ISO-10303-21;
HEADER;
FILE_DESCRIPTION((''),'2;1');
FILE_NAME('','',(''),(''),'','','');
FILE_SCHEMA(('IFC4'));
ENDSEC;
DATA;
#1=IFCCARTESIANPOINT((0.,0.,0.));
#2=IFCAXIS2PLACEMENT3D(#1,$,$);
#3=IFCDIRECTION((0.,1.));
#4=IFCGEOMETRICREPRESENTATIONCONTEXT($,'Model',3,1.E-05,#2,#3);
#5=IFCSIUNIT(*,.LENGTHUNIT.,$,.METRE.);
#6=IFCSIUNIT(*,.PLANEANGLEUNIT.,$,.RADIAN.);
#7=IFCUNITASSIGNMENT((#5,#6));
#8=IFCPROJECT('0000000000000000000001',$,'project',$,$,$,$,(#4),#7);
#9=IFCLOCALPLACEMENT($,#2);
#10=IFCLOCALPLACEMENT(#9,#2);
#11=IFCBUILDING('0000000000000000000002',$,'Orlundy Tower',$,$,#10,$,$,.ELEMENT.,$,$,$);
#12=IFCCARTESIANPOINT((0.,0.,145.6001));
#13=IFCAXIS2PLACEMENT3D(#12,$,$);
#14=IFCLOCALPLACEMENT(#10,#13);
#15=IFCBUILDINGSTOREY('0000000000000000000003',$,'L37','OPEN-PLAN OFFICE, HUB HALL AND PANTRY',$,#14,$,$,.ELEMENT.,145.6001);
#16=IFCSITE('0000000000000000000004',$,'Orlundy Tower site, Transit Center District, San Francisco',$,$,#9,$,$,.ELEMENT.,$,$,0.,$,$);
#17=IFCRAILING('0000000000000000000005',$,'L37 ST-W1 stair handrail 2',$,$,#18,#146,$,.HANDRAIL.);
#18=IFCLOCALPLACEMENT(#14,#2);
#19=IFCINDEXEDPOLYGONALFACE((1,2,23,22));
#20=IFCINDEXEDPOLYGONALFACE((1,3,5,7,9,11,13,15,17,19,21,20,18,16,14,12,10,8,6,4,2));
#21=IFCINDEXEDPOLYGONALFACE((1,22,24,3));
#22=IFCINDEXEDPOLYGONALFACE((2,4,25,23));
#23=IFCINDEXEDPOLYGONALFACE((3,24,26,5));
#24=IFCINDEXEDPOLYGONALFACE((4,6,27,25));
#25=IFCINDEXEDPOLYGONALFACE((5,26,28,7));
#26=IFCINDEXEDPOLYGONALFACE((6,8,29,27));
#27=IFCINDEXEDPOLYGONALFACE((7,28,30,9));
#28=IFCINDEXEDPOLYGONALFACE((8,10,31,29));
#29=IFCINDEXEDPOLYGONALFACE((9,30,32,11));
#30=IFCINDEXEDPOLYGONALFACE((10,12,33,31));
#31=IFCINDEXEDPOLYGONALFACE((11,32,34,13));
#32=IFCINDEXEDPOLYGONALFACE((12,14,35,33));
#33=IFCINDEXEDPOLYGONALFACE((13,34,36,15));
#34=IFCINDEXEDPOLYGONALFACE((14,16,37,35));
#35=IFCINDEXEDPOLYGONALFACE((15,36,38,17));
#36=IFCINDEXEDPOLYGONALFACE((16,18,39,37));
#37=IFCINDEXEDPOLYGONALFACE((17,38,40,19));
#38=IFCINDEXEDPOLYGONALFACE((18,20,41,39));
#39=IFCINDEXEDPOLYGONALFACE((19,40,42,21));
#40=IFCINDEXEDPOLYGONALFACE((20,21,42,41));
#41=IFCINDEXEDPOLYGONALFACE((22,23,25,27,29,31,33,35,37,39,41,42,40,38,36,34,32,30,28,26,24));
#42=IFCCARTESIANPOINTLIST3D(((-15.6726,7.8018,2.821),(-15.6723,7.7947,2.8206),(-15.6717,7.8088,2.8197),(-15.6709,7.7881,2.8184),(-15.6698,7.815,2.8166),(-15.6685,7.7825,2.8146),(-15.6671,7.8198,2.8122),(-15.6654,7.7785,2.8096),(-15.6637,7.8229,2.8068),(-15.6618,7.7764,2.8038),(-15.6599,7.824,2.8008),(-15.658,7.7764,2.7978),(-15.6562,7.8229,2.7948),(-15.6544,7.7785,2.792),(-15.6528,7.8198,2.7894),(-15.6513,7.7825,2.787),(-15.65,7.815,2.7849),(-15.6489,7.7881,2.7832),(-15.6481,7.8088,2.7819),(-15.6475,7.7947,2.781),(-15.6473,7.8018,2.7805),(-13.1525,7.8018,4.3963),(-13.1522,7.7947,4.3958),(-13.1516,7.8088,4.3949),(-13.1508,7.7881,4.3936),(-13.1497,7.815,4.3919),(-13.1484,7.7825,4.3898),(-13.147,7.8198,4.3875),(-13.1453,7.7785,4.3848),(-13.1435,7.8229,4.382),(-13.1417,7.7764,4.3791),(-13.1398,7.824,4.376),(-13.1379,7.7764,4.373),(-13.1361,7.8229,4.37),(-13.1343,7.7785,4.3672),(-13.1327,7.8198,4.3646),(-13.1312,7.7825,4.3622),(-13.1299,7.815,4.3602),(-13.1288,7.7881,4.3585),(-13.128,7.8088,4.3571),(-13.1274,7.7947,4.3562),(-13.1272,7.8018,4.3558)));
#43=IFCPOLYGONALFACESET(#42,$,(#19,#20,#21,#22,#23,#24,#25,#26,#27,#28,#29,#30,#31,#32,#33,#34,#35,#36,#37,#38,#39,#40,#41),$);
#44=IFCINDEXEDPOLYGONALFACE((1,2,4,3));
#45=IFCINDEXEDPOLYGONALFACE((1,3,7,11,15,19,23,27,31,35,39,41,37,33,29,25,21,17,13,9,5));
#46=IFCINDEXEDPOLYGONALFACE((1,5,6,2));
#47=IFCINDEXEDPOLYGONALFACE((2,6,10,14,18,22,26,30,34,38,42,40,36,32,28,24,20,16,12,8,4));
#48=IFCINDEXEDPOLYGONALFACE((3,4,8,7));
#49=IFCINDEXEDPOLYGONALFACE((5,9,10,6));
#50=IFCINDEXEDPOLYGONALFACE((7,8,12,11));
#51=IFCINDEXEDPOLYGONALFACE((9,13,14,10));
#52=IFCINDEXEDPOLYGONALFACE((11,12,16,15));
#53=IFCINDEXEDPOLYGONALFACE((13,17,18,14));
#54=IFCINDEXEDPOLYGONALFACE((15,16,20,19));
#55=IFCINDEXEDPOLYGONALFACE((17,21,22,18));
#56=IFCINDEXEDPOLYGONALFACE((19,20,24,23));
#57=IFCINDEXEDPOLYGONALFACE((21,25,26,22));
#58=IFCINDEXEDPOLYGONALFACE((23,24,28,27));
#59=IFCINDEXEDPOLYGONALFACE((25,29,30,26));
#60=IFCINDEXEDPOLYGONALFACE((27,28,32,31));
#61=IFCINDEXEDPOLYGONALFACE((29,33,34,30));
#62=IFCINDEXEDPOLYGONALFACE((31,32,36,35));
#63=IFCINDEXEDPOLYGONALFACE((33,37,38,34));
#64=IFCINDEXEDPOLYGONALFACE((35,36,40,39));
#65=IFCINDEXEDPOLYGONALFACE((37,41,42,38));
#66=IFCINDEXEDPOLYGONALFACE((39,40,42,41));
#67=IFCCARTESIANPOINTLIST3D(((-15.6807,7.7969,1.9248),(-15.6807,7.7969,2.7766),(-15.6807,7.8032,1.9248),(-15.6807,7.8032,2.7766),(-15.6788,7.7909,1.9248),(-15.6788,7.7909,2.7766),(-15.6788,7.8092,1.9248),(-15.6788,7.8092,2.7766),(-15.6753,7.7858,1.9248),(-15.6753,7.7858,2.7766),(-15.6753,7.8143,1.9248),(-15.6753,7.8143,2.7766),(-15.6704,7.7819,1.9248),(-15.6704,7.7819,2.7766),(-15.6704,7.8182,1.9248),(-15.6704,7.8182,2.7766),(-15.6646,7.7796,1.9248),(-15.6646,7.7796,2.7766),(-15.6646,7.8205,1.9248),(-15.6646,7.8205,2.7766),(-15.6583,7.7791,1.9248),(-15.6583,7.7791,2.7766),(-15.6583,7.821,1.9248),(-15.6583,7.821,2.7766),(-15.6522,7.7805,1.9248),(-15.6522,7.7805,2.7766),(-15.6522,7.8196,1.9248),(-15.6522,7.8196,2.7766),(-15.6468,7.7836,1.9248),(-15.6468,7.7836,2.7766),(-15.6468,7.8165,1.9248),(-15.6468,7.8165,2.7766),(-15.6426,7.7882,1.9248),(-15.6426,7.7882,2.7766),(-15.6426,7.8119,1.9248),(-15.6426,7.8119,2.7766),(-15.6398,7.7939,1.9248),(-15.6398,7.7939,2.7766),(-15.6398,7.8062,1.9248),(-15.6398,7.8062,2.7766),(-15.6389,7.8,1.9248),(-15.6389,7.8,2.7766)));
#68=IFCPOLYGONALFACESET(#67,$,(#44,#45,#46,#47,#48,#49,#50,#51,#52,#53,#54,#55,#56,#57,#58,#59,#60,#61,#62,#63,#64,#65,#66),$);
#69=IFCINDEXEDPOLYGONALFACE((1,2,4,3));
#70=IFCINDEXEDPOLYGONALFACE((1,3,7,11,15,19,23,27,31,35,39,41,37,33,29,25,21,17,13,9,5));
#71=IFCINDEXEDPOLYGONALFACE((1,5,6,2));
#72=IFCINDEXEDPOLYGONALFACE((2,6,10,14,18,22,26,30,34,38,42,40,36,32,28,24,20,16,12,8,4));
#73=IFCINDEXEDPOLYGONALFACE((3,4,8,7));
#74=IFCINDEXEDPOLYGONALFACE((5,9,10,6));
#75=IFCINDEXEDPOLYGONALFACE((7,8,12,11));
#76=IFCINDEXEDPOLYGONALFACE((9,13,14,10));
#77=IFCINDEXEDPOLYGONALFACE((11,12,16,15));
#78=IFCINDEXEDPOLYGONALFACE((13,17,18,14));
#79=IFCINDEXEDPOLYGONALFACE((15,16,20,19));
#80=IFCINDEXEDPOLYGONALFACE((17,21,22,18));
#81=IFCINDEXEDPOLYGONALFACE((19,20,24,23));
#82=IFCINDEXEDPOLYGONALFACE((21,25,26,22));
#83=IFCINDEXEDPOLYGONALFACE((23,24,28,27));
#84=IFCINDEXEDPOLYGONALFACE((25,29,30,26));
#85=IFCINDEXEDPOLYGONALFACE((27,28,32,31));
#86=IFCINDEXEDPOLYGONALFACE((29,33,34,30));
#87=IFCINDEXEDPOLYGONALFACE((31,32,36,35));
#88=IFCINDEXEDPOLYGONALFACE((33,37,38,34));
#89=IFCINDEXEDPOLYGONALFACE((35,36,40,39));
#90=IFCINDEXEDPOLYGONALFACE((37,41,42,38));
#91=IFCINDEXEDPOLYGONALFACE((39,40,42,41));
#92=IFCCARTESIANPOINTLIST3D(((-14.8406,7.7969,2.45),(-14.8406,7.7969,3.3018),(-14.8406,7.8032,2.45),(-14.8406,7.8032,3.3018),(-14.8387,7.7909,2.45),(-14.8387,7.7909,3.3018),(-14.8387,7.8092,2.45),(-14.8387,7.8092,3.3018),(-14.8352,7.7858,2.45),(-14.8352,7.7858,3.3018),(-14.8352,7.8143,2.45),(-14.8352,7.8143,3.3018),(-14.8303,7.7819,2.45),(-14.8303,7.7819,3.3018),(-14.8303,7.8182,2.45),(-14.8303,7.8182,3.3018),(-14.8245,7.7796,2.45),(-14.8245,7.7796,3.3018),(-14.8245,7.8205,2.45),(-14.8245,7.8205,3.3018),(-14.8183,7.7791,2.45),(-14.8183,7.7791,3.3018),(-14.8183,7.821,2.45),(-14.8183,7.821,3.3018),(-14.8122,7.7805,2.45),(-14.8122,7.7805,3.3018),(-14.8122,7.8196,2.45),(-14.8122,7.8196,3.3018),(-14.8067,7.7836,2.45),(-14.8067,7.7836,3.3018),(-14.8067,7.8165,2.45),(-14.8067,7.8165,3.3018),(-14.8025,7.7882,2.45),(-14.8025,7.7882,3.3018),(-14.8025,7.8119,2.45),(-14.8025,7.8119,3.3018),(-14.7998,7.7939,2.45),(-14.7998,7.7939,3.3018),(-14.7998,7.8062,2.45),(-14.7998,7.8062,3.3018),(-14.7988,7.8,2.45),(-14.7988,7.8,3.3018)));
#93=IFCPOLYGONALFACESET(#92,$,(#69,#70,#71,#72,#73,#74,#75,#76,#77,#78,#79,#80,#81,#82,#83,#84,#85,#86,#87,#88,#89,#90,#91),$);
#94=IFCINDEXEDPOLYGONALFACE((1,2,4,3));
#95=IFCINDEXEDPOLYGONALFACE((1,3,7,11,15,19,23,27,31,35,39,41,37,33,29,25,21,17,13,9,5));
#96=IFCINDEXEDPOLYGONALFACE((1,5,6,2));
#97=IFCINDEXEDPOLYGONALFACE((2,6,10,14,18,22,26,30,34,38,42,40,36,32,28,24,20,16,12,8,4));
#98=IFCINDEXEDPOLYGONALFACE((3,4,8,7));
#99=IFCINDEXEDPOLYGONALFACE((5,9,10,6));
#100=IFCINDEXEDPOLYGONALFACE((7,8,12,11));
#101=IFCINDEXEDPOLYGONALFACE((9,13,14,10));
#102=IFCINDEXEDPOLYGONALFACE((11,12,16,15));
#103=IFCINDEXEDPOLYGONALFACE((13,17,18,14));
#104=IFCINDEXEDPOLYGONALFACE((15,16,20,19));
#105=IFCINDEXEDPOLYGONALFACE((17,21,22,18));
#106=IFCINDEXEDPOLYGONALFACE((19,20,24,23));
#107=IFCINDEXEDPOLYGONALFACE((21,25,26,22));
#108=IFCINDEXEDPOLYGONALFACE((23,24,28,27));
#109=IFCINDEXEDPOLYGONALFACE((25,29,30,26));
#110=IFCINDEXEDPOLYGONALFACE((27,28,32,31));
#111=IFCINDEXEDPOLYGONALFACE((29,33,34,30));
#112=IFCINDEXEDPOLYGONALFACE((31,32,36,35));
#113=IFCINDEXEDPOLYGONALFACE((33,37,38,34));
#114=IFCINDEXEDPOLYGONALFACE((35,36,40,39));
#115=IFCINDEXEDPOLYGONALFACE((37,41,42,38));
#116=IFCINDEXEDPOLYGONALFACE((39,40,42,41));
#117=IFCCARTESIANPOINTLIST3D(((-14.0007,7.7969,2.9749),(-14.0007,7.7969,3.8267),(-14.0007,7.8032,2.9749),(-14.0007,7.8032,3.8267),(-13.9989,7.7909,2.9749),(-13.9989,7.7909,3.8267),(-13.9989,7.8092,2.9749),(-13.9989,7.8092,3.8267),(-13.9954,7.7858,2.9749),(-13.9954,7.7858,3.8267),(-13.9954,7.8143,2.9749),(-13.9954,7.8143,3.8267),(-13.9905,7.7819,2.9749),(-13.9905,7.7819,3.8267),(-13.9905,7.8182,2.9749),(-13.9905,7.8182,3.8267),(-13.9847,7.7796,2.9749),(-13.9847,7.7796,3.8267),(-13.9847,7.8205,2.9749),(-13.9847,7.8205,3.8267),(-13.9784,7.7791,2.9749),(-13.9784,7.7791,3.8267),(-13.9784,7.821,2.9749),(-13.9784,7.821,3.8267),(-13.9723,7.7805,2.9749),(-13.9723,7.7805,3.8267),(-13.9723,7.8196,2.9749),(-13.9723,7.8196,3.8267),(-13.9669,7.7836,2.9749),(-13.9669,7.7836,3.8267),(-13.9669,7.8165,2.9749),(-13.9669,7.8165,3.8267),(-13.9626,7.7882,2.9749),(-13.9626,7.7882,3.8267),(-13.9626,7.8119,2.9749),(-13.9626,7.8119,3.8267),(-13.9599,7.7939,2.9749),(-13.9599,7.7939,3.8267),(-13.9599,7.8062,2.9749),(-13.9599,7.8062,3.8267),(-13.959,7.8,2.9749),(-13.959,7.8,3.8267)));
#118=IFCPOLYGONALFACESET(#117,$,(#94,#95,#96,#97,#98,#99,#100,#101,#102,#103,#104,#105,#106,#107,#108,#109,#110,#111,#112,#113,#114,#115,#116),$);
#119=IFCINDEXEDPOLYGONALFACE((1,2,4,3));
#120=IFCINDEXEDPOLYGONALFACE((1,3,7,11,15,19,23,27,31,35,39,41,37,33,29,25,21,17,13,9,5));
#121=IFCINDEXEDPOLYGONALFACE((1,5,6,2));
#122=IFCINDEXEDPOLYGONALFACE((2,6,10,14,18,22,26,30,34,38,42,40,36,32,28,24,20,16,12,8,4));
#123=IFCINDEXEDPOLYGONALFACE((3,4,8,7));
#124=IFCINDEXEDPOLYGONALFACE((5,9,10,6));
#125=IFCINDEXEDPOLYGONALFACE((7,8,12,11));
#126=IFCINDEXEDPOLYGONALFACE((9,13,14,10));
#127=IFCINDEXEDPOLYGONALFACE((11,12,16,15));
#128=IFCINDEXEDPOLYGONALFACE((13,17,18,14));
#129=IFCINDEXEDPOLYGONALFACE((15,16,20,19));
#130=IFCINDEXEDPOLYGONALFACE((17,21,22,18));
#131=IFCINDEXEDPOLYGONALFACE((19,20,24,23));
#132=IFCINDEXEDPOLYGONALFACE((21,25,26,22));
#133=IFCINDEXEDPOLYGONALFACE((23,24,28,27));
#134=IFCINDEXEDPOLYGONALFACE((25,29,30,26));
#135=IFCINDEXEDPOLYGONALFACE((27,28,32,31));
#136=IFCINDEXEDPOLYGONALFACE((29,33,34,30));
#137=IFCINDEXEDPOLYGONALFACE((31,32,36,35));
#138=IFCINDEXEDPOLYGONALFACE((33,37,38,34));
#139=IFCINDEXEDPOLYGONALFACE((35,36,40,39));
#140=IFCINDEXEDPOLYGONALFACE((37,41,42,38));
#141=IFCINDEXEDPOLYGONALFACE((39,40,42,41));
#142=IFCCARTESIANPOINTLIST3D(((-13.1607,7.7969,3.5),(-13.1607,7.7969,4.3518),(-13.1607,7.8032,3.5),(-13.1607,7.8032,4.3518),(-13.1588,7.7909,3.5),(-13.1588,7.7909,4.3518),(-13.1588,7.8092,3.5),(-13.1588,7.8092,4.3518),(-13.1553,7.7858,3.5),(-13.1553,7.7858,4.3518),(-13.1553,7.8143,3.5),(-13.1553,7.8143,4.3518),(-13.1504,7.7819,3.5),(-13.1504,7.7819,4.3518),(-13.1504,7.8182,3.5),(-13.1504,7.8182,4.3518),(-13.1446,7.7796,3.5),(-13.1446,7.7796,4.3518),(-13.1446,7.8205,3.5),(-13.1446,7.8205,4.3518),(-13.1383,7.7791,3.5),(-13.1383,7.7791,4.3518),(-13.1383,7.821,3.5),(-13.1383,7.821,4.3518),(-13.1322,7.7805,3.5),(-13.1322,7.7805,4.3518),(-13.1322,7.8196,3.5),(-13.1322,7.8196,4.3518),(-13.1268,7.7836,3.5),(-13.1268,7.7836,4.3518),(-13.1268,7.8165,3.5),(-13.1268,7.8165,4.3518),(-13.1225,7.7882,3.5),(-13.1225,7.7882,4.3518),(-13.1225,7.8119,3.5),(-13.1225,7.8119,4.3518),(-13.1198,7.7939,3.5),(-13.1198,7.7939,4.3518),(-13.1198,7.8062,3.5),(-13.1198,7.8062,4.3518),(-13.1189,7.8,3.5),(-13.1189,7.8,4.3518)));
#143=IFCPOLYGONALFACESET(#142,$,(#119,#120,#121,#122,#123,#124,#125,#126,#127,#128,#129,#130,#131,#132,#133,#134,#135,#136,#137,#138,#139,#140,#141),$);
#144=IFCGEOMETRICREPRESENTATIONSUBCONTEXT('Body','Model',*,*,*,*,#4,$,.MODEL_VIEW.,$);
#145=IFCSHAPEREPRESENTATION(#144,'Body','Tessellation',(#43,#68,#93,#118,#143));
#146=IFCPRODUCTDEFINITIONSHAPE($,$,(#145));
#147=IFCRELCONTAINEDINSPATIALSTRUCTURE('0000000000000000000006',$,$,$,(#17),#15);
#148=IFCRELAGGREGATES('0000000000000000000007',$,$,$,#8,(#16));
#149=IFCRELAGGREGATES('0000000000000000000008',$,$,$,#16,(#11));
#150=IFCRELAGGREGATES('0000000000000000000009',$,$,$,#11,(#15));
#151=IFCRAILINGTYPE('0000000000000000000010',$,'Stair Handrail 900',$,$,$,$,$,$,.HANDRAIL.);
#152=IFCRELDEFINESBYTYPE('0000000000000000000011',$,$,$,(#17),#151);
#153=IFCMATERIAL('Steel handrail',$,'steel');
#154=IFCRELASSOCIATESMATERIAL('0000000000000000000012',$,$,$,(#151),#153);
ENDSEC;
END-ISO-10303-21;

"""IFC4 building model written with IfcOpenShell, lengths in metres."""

from ifc_helpers import new_model, si_unit, direction, frame, origin, origin_2d, place, context, subcontext, project, spatial, circle, extrude, material, type_object, element, save


model = new_model("IFC4")

# Units and contexts
model_context = context("Model", 3, precision=1e-05, world=origin(), true_north=direction((0.0, 1.0)))
body_context = subcontext(model_context, "Body", "Model", "MODEL_VIEW")
ifc_project = project(units=[si_unit("LENGTHUNIT", "METRE"), si_unit("PLANEANGLEUNIT", "RADIAN")], contexts=[model_context])

# Site, building, storey
site_placement = place(None, origin())
site = spatial("IfcSite", under=ifc_project, at=site_placement, Name="Orlundy Tower site, Transit Center District, San Francisco", CompositionType="ELEMENT", RefElevation=0.0)
building_placement = place(site_placement, origin())
building = spatial("IfcBuilding", under=site, at=building_placement, Name="Orlundy Tower", CompositionType="ELEMENT")
storey_placement = place(building_placement, frame((0.0, 0.0, 145.6001)))
storey = spatial("IfcBuildingStorey", under=building, at=storey_placement, Name="L37", Description="OPEN-PLAN OFFICE, HUB HALL AND PANTRY", CompositionType="ELEMENT", Elevation=145.6001)

# Railing
ifc_material_1 = material(Name="Steel handrail", Category="steel")
railing_type_1 = type_object("IfcRailingType", Name="Stair Handrail 900", PredefinedType="HANDRAIL", material=ifc_material_1)
railing_1_placement = place(storey_placement, frame((-15.6599, 7.8, 1.9248)))
element("IfcRailing", 1, at=railing_1_placement, inside=storey, type_object=railing_type_1, Name="L37 ST-W1 stair handrail 2", PredefinedType="HANDRAIL", context=body_context, shape_type="SweptSolid", body=[
    extrude(circle(Radius=0.0239, at=origin_2d()), frame((0.0, 0.0, 0.876), z_axis=(0.847971, 0.0, 0.530043), x_axis=(0.0, 1.0, 0.0)), (0.0, 0.0, 1.0), 2.9719),
    extrude(circle(Radius=0.021, at=origin_2d()), origin(), (0.0, 0.0, 1.0), 0.8518),
    extrude(circle(Radius=0.021, at=origin_2d()), frame((0.8401, 0.0, 0.5251)), (0.0, 0.0, 1.0), 0.8518),
    extrude(circle(Radius=0.021, at=origin_2d()), frame((1.6799, 0.0, 1.05)), (0.0, 0.0, 1.0), 0.8518),
    extrude(circle(Radius=0.021, at=origin_2d()), frame((2.52, 0.0, 1.5752)), (0.0, 0.0, 1.0), 0.8518),
])

save(model, "model.ifc")
